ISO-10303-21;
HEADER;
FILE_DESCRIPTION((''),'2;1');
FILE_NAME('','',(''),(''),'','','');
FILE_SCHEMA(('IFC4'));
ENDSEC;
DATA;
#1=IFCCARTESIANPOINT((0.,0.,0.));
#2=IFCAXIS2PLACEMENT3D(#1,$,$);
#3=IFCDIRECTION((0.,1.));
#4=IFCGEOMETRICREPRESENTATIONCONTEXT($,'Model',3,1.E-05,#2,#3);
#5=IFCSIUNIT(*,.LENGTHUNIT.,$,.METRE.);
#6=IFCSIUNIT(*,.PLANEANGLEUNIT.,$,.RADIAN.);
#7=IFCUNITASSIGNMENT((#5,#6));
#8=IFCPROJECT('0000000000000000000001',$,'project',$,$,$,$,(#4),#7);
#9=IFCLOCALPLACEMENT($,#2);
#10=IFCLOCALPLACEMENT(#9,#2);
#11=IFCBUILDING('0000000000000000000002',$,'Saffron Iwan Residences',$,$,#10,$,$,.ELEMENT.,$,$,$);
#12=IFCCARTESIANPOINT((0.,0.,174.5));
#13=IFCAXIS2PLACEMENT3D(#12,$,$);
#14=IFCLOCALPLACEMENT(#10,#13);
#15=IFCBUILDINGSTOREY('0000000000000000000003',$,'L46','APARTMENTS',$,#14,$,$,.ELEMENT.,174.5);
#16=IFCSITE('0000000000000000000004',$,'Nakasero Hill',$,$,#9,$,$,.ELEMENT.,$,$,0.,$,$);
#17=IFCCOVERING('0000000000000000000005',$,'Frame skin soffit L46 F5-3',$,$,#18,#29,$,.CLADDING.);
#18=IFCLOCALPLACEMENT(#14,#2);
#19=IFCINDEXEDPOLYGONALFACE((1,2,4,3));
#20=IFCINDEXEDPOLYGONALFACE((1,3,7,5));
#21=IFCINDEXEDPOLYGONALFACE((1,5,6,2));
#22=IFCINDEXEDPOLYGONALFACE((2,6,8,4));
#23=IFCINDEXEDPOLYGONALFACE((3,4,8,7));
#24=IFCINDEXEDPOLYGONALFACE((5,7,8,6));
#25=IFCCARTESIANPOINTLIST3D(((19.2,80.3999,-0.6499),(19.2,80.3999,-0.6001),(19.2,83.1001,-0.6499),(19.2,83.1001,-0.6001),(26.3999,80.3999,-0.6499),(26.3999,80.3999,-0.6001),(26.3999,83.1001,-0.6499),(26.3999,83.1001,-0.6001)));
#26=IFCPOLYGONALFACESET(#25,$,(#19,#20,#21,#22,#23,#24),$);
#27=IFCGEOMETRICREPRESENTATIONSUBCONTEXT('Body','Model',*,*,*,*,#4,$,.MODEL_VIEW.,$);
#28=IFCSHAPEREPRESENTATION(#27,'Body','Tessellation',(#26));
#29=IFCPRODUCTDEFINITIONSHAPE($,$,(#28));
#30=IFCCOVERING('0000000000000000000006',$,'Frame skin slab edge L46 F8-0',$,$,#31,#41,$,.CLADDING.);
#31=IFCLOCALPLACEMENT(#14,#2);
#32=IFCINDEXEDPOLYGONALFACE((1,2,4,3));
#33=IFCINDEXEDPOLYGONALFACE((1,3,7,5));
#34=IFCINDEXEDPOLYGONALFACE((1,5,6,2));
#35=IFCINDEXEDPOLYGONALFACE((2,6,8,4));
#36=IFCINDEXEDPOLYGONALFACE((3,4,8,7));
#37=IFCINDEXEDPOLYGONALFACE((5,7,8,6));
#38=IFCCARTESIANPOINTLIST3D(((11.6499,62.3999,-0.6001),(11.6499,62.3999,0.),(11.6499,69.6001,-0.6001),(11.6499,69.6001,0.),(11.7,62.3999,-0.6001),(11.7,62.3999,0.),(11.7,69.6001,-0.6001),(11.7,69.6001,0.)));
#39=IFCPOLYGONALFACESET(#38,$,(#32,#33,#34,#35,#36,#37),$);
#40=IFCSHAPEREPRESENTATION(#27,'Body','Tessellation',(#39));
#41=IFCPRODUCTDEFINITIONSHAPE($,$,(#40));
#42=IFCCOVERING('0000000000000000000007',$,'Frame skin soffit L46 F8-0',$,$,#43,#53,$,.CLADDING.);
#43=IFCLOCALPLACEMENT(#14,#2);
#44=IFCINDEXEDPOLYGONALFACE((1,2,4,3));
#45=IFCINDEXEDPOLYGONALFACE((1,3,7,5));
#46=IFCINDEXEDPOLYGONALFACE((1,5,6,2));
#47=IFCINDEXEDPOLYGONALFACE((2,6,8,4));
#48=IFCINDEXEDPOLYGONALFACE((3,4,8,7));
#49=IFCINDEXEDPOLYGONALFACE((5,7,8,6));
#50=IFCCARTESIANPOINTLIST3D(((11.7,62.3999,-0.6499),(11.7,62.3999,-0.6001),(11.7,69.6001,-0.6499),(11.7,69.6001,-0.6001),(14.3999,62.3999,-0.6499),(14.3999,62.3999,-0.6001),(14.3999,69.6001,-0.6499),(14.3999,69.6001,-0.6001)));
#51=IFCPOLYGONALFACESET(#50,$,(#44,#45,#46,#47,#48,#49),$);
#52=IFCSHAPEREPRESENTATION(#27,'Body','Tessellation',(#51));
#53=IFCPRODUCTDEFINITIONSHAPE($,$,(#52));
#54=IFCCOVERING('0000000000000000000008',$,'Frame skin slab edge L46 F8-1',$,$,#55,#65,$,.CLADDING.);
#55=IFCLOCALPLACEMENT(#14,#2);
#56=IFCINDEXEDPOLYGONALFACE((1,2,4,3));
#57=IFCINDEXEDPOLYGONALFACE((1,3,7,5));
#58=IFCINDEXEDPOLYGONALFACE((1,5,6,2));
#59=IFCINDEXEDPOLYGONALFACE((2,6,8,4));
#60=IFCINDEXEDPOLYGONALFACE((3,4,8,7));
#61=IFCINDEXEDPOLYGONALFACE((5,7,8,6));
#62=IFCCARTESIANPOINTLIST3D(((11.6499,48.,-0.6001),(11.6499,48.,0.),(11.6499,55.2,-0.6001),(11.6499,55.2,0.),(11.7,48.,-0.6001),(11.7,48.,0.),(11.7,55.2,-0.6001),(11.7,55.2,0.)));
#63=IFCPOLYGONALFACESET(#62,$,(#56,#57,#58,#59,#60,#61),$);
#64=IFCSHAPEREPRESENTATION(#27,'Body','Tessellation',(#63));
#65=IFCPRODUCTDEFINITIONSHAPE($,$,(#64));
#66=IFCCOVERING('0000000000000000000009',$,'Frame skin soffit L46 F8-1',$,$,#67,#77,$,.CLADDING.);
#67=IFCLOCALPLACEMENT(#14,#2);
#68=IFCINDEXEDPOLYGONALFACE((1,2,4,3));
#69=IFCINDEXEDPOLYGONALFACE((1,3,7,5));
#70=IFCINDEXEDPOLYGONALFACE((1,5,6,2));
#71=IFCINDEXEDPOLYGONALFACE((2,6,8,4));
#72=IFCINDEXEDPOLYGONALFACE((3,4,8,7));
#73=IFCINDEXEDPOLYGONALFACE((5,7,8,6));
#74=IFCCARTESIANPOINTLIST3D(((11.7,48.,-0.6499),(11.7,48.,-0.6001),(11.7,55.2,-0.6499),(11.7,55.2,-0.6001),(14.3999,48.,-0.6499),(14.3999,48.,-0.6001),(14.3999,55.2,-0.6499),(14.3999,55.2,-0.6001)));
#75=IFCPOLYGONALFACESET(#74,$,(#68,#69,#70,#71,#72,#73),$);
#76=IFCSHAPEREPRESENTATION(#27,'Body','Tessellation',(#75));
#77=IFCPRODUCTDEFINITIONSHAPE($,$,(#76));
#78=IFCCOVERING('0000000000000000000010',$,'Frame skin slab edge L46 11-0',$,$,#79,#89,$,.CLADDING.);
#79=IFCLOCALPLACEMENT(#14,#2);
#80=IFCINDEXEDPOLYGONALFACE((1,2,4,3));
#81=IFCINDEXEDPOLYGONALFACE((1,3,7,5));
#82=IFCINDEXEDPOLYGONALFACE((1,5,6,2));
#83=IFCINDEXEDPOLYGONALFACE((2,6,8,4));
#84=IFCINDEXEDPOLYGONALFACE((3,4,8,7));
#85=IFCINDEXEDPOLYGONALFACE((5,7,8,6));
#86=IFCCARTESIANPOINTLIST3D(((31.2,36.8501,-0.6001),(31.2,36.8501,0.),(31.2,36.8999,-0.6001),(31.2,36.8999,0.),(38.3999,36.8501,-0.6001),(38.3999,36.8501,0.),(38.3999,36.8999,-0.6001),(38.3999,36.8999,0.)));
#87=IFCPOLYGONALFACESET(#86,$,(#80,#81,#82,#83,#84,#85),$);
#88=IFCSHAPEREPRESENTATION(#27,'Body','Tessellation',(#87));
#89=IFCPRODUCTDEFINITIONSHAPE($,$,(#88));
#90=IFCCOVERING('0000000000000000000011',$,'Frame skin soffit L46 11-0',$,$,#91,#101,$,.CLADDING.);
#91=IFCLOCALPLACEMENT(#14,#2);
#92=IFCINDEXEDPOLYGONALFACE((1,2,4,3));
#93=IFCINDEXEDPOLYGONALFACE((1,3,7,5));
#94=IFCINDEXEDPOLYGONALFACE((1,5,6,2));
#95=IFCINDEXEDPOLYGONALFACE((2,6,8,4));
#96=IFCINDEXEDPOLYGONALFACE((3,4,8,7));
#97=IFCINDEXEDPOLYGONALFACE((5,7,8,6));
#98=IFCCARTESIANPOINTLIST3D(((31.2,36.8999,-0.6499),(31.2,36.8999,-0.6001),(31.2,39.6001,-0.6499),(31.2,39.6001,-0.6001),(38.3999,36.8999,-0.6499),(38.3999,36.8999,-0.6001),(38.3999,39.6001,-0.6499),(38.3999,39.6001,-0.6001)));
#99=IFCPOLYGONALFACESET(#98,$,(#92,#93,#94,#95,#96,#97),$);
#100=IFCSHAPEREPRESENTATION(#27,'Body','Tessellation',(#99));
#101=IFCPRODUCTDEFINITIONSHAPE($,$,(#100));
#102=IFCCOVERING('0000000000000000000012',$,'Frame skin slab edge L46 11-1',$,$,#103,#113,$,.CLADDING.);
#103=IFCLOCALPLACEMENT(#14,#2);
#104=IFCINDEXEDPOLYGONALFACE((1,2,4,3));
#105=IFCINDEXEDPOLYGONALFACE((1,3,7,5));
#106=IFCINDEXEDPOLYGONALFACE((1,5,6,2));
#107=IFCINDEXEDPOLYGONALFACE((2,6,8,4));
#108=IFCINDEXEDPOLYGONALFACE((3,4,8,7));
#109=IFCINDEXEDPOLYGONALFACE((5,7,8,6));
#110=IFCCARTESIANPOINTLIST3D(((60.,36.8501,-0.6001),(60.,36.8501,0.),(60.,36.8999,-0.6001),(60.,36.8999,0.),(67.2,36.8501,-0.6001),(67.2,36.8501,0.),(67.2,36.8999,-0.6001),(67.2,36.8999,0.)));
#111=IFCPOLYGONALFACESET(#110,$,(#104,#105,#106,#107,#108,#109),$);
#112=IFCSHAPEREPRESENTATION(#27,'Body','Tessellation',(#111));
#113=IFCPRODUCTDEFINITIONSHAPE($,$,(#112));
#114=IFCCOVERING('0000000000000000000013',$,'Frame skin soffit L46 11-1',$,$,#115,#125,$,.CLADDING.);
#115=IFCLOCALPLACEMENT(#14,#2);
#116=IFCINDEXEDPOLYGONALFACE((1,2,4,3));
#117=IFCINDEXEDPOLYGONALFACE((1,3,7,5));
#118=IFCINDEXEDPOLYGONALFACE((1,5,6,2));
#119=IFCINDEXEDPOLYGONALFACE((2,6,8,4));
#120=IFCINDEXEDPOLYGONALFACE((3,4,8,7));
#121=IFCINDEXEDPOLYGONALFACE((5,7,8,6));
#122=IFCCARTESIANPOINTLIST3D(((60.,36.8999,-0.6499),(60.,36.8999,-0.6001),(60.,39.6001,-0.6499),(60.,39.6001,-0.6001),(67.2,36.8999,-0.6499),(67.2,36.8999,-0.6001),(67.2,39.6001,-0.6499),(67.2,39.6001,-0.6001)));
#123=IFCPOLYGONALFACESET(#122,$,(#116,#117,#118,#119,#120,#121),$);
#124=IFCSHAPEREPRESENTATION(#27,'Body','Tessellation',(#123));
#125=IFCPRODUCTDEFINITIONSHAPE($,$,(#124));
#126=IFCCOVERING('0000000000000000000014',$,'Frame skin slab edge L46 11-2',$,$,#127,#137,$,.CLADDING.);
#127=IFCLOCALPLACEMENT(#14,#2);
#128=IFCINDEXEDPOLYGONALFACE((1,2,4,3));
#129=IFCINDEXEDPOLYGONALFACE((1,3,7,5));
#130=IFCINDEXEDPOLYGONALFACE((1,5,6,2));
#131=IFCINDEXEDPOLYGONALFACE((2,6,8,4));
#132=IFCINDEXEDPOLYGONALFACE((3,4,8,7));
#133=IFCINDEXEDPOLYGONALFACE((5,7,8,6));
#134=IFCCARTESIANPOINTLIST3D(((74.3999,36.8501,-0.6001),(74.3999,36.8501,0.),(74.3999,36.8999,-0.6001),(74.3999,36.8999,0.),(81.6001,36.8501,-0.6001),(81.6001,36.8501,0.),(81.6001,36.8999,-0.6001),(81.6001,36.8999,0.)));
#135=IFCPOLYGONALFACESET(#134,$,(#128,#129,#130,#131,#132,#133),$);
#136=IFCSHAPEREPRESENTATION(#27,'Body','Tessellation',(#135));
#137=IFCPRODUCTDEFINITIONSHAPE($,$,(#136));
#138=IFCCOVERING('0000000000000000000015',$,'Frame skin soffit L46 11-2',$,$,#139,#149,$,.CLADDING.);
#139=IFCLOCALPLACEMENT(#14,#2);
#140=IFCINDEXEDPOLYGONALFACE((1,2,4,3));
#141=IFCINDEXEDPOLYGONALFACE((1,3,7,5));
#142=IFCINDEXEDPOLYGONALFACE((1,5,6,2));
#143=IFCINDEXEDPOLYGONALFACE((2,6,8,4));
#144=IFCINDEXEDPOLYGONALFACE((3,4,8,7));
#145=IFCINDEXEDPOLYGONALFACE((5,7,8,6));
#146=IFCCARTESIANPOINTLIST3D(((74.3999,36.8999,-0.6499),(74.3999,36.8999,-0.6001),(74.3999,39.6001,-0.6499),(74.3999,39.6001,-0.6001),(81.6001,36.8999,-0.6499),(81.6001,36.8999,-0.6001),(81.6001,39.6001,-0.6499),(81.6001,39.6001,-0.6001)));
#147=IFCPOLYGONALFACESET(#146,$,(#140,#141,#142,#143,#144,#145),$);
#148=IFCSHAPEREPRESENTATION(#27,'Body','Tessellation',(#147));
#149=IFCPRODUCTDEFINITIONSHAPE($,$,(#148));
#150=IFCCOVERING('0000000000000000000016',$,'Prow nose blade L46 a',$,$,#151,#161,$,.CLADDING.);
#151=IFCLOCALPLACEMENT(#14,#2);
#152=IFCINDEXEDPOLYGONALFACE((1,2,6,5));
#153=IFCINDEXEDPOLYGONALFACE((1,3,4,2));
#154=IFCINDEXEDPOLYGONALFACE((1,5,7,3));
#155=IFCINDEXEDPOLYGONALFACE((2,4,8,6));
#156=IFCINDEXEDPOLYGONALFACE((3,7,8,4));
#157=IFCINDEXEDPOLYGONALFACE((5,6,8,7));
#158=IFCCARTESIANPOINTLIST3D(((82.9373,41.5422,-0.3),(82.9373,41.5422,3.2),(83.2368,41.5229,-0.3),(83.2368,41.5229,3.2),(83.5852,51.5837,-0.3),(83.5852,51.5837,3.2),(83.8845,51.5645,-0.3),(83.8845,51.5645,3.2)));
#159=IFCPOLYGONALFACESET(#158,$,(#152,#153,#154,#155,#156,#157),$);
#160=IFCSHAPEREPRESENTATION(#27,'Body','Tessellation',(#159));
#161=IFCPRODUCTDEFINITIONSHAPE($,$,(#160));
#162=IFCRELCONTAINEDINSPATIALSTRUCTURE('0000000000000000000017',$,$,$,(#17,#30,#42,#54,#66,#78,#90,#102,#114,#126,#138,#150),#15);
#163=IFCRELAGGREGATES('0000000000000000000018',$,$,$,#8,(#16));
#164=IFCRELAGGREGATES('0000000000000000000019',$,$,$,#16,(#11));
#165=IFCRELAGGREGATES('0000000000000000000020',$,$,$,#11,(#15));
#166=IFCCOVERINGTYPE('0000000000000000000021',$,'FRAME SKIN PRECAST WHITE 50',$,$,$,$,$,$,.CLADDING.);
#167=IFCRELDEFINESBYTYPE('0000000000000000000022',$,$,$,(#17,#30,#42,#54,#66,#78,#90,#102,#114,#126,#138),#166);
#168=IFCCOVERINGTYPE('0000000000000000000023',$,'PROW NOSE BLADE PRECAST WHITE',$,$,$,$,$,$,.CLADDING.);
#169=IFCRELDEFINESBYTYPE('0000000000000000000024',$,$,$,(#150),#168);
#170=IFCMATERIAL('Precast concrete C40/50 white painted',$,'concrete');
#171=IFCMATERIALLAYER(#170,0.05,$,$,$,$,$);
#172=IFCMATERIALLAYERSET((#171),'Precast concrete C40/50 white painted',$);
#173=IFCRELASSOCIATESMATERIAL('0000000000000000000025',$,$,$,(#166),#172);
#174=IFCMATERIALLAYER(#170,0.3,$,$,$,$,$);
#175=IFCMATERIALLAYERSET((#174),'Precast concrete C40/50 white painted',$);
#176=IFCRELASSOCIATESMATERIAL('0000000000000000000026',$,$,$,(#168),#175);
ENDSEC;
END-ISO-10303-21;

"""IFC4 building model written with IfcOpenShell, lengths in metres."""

from ifc_helpers import new_model, si_unit, direction, frame, origin, place, context, subcontext, project, spatial, polyline, outline, extrude, material, layer, layer_set, type_object, element, save


model = new_model("IFC4")

# Units and contexts
model_context = context("Model", 3, precision=1e-05, world=origin(), true_north=direction((0.0, 1.0)))
body_context = subcontext(model_context, "Body", "Model", "MODEL_VIEW")
ifc_project = project(units=[si_unit("LENGTHUNIT", "METRE"), si_unit("PLANEANGLEUNIT", "RADIAN")], contexts=[model_context])

# Site, building, storey
site_placement = place(None, origin())
site = spatial("IfcSite", under=ifc_project, at=site_placement, Name="Nakasero Hill", CompositionType="ELEMENT", RefElevation=0.0)
building_placement = place(site_placement, origin())
building = spatial("IfcBuilding", under=site, at=building_placement, Name="Saffron Iwan Residences", CompositionType="ELEMENT")
storey_placement = place(building_placement, frame((0.0, 0.0, 174.5)))
storey = spatial("IfcBuildingStorey", under=building, at=storey_placement, Name="L46", Description="APARTMENTS", CompositionType="ELEMENT", Elevation=174.5)

# Coverings
ifc_material_1 = material(Name="Precast concrete C40/50 white painted", Category="concrete")
ifc_layer_1 = layer(ifc_material_1, 0.05)
ifc_layer_set_1 = layer_set([ifc_layer_1], Name="Precast concrete C40/50 white painted")
covering_type_1 = type_object("IfcCoveringType", Name="FRAME SKIN PRECAST WHITE 50", PredefinedType="CLADDING", material=ifc_layer_set_1)
covering_1_placement = place(storey_placement, frame((0.0, 0.0, -0.6499)))
element("IfcCovering", 1, at=covering_1_placement, inside=storey, type_object=covering_type_1, Name="Frame skin soffit L46 F5-3", PredefinedType="CLADDING", context=body_context, shape_type="SweptSolid", body=[
    extrude(outline(polyline([(26.3999, 83.1001), (19.2, 83.1001), (19.2, 80.3999), (26.3999, 80.3999), (26.3999, 83.1001)])), origin(), (0.0, 0.0, 1.0), 0.0498),
])
covering_2_placement = place(storey_placement, frame((0.0, 0.0, -0.6001)))
element("IfcCovering", 2, at=covering_2_placement, inside=storey, type_object=covering_type_1, Name="Frame skin slab edge L46 F8-0", PredefinedType="CLADDING", context=body_context, shape_type="SweptSolid", body=[
    extrude(outline(polyline([(11.6499, 69.6001), (11.6499, 62.3999), (11.7, 62.3999), (11.7, 69.6001), (11.6499, 69.6001)])), origin(), (0.0, 0.0, 1.0), 0.6001),
])
covering_3_placement = place(storey_placement, frame((0.0, 0.0, -0.6499)))
element("IfcCovering", 3, at=covering_3_placement, inside=storey, type_object=covering_type_1, Name="Frame skin soffit L46 F8-0", PredefinedType="CLADDING", context=body_context, shape_type="SweptSolid", body=[
    extrude(outline(polyline([(11.7, 69.6001), (11.7, 62.3999), (14.3999, 62.3999), (14.3999, 69.6001), (11.7, 69.6001)])), origin(), (0.0, 0.0, 1.0), 0.0498),
])
covering_4_placement = place(storey_placement, frame((0.0, 0.0, -0.6001)))
element("IfcCovering", 4, at=covering_4_placement, inside=storey, type_object=covering_type_1, Name="Frame skin slab edge L46 F8-1", PredefinedType="CLADDING", context=body_context, shape_type="SweptSolid", body=[
    extrude(outline(polyline([(11.6499, 55.2), (11.6499, 48.0), (11.7, 48.0), (11.7, 55.2), (11.6499, 55.2)])), origin(), (0.0, 0.0, 1.0), 0.6001),
])
covering_5_placement = place(storey_placement, frame((0.0, 0.0, -0.6499)))
element("IfcCovering", 5, at=covering_5_placement, inside=storey, type_object=covering_type_1, Name="Frame skin soffit L46 F8-1", PredefinedType="CLADDING", context=body_context, shape_type="SweptSolid", body=[
    extrude(outline(polyline([(11.7, 55.2), (11.7, 48.0), (14.3999, 48.0), (14.3999, 55.2), (11.7, 55.2)])), origin(), (0.0, 0.0, 1.0), 0.0498),
])
covering_6_placement = place(storey_placement, frame((0.0, 0.0, -0.6001)))
element("IfcCovering", 6, at=covering_6_placement, inside=storey, type_object=covering_type_1, Name="Frame skin slab edge L46 11-0", PredefinedType="CLADDING", context=body_context, shape_type="SweptSolid", body=[
    extrude(outline(polyline([(31.2, 36.8501), (38.3999, 36.8501), (38.3999, 36.8999), (31.2, 36.8999), (31.2, 36.8501)])), origin(), (0.0, 0.0, 1.0), 0.6001),
])
covering_7_placement = place(storey_placement, frame((0.0, 0.0, -0.6499)))
element("IfcCovering", 7, at=covering_7_placement, inside=storey, type_object=covering_type_1, Name="Frame skin soffit L46 11-0", PredefinedType="CLADDING", context=body_context, shape_type="SweptSolid", body=[
    extrude(outline(polyline([(31.2, 36.8999), (38.3999, 36.8999), (38.3999, 39.6001), (31.2, 39.6001), (31.2, 36.8999)])), origin(), (0.0, 0.0, 1.0), 0.0498),
])
covering_8_placement = place(storey_placement, frame((0.0, 0.0, -0.6001)))
element("IfcCovering", 8, at=covering_8_placement, inside=storey, type_object=covering_type_1, Name="Frame skin slab edge L46 11-1", PredefinedType="CLADDING", context=body_context, shape_type="SweptSolid", body=[
    extrude(outline(polyline([(60.0, 36.8501), (67.2, 36.8501), (67.2, 36.8999), (60.0, 36.8999), (60.0, 36.8501)])), origin(), (0.0, 0.0, 1.0), 0.6001),
])
covering_9_placement = place(storey_placement, frame((0.0, 0.0, -0.6499)))
element("IfcCovering", 9, at=covering_9_placement, inside=storey, type_object=covering_type_1, Name="Frame skin soffit L46 11-1", PredefinedType="CLADDING", context=body_context, shape_type="SweptSolid", body=[
    extrude(outline(polyline([(60.0, 36.8999), (67.2, 36.8999), (67.2, 39.6001), (60.0, 39.6001), (60.0, 36.8999)])), origin(), (0.0, 0.0, 1.0), 0.0498),
])
covering_10_placement = place(storey_placement, frame((0.0, 0.0, -0.6001)))
element("IfcCovering", 10, at=covering_10_placement, inside=storey, type_object=covering_type_1, Name="Frame skin slab edge L46 11-2", PredefinedType="CLADDING", context=body_context, shape_type="SweptSolid", body=[
    extrude(outline(polyline([(74.3999, 36.8501), (81.6001, 36.8501), (81.6001, 36.8999), (74.3999, 36.8999), (74.3999, 36.8501)])), origin(), (0.0, 0.0, 1.0), 0.6001),
])
covering_11_placement = place(storey_placement, frame((0.0, 0.0, -0.6499)))
element("IfcCovering", 11, at=covering_11_placement, inside=storey, type_object=covering_type_1, Name="Frame skin soffit L46 11-2", PredefinedType="CLADDING", context=body_context, shape_type="SweptSolid", body=[
    extrude(outline(polyline([(74.3999, 36.8999), (81.6001, 36.8999), (81.6001, 39.6001), (74.3999, 39.6001), (74.3999, 36.8999)])), origin(), (0.0, 0.0, 1.0), 0.0498),
])
ifc_layer_2 = layer(ifc_material_1, 0.3)
ifc_layer_set_2 = layer_set([ifc_layer_2], Name="Precast concrete C40/50 white painted")
covering_type_2 = type_object("IfcCoveringType", Name="PROW NOSE BLADE PRECAST WHITE", PredefinedType="CLADDING", material=ifc_layer_set_2)
covering_12_placement = place(storey_placement, frame((0.0, 0.0, -0.3)))
element("IfcCovering", 12, at=covering_12_placement, inside=storey, type_object=covering_type_2, Name="Prow nose blade L46 a", PredefinedType="CLADDING", context=body_context, shape_type="SweptSolid", body=[
    extrude(outline(polyline([(83.2368, 41.5229), (83.8845, 51.5645), (83.5852, 51.5837), (82.9373, 41.5422), (83.2368, 41.5229)])), origin(), (0.0, 0.0, 1.0), 3.5),
])

save(model, "model.ifc")
